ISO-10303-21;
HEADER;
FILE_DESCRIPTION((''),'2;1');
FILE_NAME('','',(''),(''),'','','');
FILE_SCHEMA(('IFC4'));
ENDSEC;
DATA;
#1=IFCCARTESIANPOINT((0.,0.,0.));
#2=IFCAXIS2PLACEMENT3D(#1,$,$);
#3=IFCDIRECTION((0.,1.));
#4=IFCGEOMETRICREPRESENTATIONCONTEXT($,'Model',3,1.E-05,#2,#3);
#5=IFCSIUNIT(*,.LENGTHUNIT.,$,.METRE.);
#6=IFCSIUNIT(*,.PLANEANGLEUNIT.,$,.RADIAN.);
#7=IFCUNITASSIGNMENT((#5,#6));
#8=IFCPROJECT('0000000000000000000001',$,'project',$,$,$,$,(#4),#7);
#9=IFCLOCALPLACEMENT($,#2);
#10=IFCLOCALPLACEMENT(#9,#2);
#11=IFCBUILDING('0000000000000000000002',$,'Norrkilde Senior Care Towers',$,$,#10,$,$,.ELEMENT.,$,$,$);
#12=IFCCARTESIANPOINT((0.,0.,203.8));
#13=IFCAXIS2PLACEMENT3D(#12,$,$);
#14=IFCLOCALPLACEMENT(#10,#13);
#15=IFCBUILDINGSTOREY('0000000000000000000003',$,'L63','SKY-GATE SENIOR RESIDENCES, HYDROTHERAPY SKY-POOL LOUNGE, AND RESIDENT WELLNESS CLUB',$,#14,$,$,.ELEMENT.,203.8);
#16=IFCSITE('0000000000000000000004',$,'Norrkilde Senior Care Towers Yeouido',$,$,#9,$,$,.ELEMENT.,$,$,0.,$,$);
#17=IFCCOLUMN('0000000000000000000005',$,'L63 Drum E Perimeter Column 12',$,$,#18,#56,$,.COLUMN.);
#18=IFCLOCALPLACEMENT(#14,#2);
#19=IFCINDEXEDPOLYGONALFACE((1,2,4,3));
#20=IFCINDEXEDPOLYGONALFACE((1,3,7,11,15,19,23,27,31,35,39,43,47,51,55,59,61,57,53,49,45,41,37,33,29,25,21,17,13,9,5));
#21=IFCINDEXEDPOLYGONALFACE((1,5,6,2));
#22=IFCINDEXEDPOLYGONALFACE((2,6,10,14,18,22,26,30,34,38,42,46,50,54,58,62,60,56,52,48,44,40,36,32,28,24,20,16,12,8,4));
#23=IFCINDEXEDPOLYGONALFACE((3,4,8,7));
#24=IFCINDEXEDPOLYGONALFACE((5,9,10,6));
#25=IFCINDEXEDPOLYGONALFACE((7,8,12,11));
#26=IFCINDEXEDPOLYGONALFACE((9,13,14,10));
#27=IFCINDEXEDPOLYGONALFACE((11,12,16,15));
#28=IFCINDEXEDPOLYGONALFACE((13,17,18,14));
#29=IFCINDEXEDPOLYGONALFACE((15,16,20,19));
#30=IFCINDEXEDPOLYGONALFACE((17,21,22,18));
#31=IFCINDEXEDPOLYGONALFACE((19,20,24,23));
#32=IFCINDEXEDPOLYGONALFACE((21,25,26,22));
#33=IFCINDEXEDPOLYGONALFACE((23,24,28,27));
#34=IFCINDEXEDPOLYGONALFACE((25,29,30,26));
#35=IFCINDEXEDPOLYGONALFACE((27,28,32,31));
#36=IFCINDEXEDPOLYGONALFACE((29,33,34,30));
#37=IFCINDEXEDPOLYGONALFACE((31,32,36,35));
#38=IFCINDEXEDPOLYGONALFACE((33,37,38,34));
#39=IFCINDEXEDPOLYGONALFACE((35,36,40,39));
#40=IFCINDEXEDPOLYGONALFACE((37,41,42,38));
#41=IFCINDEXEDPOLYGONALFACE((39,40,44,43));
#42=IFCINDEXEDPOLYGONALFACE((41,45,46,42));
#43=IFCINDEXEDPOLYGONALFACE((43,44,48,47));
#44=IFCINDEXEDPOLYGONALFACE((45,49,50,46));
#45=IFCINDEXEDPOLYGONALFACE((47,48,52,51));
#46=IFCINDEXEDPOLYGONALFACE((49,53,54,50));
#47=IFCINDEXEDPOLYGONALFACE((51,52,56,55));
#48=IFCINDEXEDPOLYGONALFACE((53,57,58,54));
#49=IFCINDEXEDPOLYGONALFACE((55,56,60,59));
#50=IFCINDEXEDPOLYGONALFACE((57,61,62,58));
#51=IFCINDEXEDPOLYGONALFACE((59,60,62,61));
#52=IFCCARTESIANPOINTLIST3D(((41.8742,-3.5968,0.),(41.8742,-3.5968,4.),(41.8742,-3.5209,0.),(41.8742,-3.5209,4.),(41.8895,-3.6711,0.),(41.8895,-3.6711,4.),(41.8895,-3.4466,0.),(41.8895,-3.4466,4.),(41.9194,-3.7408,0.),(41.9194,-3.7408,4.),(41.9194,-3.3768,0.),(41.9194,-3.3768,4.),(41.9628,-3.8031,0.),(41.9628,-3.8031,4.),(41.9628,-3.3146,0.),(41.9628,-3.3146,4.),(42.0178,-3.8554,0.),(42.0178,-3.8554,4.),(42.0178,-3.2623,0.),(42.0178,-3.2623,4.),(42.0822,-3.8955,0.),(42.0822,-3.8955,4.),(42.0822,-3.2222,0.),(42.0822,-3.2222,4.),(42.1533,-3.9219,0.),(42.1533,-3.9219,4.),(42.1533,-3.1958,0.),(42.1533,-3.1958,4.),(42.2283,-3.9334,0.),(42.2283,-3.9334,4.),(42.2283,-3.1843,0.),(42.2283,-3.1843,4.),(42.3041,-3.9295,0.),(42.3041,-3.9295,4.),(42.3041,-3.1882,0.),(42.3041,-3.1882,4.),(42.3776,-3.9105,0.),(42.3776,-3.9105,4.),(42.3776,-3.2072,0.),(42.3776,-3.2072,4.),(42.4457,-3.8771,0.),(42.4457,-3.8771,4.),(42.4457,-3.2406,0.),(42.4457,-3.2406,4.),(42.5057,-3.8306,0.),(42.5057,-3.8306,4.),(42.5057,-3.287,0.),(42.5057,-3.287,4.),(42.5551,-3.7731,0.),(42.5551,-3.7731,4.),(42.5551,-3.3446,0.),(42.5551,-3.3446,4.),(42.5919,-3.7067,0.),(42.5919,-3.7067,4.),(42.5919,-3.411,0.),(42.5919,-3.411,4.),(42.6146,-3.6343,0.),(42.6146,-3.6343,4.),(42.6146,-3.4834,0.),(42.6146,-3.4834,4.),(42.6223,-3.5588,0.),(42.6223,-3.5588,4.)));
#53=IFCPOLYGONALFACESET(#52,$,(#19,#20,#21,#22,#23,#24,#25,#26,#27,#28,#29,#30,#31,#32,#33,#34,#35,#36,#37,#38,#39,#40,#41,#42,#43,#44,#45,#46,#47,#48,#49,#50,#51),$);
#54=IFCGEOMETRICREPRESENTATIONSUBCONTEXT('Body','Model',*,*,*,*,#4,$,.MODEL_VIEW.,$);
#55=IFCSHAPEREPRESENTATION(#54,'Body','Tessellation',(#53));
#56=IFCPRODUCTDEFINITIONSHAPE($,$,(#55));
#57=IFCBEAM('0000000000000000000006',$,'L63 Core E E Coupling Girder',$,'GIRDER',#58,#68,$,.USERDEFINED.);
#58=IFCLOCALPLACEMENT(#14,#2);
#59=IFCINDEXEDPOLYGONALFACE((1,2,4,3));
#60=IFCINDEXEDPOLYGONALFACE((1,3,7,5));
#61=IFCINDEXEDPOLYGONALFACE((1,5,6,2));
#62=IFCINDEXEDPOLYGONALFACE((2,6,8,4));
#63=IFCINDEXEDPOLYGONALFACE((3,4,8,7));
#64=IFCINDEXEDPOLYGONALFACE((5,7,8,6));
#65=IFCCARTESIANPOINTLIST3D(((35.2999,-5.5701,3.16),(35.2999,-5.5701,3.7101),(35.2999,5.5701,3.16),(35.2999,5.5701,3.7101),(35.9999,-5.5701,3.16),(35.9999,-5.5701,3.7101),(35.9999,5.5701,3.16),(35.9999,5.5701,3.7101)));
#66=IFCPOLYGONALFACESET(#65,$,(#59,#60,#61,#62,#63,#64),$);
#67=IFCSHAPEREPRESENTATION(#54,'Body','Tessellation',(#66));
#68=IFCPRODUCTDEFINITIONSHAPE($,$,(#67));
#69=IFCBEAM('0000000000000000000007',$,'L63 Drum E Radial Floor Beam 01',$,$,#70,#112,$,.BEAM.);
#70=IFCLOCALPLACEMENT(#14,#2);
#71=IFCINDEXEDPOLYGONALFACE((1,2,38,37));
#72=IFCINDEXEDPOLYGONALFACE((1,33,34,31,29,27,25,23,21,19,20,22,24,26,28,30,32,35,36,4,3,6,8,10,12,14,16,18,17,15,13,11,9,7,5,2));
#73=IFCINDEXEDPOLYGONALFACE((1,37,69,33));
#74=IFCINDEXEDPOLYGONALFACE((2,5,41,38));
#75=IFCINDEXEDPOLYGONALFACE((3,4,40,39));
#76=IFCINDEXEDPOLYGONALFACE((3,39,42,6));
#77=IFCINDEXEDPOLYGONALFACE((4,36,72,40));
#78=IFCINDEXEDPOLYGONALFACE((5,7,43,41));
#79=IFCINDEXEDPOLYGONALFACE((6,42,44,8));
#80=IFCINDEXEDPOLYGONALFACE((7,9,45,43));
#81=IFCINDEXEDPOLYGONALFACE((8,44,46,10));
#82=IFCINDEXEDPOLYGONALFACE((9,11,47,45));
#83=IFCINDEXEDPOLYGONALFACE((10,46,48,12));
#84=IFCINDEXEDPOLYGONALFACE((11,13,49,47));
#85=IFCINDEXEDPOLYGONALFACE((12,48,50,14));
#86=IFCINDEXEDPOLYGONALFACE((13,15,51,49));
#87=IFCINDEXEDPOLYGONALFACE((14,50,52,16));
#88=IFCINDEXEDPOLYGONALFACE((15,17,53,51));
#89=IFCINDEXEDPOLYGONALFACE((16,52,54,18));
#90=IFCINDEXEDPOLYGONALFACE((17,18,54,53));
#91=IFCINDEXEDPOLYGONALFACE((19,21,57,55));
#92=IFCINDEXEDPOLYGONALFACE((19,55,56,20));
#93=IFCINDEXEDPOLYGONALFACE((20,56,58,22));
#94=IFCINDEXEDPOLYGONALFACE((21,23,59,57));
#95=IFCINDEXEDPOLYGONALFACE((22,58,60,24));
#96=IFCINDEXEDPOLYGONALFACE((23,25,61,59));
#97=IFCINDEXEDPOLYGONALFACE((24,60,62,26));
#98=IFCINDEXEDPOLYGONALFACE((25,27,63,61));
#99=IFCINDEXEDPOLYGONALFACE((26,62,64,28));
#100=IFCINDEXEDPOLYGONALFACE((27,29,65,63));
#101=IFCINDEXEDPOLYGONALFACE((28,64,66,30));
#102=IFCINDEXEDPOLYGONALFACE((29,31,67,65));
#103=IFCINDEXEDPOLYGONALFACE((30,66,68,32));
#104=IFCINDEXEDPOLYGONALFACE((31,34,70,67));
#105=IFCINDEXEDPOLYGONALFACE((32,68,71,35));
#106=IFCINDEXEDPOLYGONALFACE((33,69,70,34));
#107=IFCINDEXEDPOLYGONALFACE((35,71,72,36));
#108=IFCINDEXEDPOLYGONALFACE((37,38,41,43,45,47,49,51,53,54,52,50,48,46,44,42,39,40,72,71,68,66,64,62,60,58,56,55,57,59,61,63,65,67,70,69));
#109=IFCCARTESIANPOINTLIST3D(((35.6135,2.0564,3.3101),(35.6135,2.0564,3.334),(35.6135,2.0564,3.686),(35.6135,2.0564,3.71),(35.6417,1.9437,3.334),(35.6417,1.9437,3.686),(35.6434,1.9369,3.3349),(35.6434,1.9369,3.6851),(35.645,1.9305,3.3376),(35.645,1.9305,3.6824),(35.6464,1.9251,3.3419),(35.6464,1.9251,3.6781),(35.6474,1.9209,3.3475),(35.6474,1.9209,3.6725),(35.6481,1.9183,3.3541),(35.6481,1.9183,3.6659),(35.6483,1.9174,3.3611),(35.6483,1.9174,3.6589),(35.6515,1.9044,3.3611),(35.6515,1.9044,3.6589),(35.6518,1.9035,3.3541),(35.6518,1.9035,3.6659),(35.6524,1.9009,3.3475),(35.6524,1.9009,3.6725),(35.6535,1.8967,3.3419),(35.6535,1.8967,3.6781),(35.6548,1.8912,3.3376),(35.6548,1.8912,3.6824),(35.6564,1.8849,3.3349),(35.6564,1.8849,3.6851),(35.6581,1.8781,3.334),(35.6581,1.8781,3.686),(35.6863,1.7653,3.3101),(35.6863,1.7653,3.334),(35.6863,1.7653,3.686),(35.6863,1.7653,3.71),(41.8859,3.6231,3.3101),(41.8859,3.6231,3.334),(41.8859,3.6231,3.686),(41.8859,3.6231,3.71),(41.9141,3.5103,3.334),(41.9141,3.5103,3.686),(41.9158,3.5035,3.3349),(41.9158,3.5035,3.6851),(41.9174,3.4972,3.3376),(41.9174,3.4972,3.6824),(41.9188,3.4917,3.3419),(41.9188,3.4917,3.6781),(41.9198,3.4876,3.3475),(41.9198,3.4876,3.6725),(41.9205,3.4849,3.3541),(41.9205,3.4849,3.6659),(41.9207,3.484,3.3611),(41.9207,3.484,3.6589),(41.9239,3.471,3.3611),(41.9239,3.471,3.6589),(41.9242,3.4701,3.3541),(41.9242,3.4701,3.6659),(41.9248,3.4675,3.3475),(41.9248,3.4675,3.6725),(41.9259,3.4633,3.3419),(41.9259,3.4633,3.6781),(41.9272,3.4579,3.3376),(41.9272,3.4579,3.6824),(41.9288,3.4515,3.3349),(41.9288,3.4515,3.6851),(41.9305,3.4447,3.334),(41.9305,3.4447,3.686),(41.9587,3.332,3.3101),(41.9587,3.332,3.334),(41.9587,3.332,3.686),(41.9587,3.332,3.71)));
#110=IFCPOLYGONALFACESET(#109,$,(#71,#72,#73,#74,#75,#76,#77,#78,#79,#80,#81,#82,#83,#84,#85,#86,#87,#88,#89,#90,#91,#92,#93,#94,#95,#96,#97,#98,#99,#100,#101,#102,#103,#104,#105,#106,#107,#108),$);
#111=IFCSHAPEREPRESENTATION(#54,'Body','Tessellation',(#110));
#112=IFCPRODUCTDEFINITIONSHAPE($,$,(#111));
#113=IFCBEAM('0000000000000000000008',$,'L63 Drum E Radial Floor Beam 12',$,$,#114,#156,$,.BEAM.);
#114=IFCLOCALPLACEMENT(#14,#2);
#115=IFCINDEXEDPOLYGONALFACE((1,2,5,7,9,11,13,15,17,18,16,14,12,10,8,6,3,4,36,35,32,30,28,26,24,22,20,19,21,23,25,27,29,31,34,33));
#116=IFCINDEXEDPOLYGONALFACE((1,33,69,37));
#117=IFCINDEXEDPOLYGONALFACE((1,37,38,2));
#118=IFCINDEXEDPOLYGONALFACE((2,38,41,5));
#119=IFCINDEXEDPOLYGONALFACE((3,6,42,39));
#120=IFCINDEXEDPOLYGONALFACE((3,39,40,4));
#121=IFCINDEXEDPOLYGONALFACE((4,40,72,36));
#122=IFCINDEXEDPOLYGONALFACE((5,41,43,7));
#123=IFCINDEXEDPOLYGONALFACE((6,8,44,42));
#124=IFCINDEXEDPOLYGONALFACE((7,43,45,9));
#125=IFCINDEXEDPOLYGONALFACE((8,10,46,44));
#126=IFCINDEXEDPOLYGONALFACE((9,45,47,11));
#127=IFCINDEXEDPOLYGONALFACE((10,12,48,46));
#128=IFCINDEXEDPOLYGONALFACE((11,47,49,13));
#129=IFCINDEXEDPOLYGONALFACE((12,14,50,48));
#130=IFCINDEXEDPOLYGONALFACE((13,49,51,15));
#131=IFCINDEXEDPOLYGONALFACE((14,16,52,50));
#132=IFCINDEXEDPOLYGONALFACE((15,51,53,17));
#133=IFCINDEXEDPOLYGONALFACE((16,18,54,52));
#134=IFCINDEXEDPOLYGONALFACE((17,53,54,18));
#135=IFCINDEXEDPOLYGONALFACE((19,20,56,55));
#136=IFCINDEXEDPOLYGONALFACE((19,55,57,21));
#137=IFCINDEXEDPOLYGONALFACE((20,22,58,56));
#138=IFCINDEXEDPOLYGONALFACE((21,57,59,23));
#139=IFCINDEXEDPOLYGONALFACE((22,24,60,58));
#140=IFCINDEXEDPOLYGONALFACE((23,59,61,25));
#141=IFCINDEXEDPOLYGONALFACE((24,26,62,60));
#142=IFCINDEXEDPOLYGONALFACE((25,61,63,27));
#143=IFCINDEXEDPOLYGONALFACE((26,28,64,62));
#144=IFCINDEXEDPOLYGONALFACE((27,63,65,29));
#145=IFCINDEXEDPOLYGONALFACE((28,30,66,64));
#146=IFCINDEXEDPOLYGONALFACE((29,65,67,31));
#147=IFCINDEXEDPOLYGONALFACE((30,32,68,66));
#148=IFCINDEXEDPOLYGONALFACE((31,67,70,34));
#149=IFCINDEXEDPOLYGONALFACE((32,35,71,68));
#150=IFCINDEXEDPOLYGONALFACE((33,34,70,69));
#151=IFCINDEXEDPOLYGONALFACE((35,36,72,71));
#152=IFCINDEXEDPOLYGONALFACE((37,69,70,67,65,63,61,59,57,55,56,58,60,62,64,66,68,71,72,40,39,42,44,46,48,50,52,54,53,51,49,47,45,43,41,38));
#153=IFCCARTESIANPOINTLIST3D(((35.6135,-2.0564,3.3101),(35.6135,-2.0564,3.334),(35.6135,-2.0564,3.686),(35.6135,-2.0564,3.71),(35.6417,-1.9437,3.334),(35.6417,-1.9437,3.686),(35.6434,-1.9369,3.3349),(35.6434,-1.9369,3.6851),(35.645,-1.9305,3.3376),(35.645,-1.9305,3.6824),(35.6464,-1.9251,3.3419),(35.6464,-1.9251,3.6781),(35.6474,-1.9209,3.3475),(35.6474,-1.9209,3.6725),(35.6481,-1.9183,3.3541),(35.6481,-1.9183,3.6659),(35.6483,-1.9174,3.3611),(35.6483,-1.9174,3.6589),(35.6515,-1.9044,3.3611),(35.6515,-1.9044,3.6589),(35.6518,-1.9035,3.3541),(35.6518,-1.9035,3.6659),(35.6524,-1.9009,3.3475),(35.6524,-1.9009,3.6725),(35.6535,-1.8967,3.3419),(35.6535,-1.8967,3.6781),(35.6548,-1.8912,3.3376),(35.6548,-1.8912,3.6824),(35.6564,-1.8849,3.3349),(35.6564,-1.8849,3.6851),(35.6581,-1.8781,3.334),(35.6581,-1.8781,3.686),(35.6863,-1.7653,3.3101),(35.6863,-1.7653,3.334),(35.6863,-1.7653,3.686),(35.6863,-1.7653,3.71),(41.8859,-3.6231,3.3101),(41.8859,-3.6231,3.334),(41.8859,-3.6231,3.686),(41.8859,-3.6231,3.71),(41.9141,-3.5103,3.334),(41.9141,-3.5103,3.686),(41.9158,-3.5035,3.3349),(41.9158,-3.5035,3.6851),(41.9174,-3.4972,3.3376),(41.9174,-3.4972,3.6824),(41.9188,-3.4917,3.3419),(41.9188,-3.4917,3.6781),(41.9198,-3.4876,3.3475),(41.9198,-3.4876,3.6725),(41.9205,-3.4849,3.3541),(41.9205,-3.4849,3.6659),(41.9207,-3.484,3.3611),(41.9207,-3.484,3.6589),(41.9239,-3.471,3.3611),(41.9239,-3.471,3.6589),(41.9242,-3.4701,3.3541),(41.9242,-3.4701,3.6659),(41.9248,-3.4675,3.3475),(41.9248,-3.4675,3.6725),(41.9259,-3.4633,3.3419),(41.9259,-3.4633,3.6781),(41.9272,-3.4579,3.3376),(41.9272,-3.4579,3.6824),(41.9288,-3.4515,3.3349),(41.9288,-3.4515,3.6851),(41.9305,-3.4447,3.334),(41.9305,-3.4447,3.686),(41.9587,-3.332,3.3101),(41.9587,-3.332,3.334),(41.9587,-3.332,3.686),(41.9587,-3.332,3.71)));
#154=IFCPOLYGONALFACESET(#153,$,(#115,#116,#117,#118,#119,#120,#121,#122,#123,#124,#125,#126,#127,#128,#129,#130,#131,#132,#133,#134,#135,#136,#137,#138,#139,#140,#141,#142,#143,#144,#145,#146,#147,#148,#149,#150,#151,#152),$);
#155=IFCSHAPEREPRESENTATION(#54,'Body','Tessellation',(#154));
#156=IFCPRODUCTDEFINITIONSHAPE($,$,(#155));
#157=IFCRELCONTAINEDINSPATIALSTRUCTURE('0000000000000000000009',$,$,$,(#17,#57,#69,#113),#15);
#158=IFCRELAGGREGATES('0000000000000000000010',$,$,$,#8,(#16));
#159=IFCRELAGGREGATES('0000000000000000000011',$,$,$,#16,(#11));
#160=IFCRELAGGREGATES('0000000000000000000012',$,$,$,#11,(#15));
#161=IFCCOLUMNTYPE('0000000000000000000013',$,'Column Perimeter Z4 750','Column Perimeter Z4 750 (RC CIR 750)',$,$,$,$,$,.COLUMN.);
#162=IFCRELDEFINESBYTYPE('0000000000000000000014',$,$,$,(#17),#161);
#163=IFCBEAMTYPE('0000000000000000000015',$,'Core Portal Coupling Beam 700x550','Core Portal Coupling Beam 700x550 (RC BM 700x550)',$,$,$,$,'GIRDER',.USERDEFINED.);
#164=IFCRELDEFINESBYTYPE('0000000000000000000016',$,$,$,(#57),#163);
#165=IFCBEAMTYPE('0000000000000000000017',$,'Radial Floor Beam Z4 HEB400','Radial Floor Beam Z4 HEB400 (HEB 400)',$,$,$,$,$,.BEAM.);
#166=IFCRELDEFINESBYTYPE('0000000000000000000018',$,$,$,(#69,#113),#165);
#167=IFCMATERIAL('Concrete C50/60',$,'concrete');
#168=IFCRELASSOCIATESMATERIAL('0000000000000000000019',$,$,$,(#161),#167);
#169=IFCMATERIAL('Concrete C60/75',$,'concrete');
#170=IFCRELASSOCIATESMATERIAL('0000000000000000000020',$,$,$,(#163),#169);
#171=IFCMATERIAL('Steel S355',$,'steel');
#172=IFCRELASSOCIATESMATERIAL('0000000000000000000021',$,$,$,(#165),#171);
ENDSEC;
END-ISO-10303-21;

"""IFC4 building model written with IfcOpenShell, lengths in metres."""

from ifc_helpers import new_model, si_unit, direction, frame, origin, origin_2d, place, context, subcontext, project, spatial, rectangle, circle, i_section, extrude, source, transform, mapped, material, material_profile, profile_set, type_object, type_shapes, element, save


model = new_model("IFC4")

# Units and contexts
model_context = context("Model", 3, precision=1e-05, world=origin(), true_north=direction((0.0, 1.0)))
body_context = subcontext(model_context, "Body", "Model", "MODEL_VIEW")
ifc_project = project(units=[si_unit("LENGTHUNIT", "METRE"), si_unit("PLANEANGLEUNIT", "RADIAN")], contexts=[model_context])

# Site, building, storey
site_placement = place(None, origin())
site = spatial("IfcSite", under=ifc_project, at=site_placement, Name="Norrkilde Senior Care Towers Yeouido", CompositionType="ELEMENT", RefElevation=0.0)
building_placement = place(site_placement, origin())
building = spatial("IfcBuilding", under=site, at=building_placement, Name="Norrkilde Senior Care Towers", CompositionType="ELEMENT")
storey_placement = place(building_placement, frame((0.0, 0.0, 203.8)))
storey = spatial("IfcBuildingStorey", under=building, at=storey_placement, Name="L63", Description="SKY-GATE SENIOR RESIDENCES, HYDROTHERAPY SKY-POOL LOUNGE, AND RESIDENT WELLNESS CLUB", CompositionType="ELEMENT", Elevation=203.8)

# Column
ifc_material_1 = material(Name="Concrete C50/60", Category="concrete")
ifc_material_profile_1 = material_profile(ifc_material_1, circle(Radius=0.375, at=origin_2d()), Name="RC CIR 750")
ifc_profile_set_1 = profile_set([ifc_material_profile_1], Name="Concrete C50/60")
column_type = type_object("IfcColumnType", Name="Column Perimeter Z4 750", Description="Column Perimeter Z4 750 (RC CIR 750)", PredefinedType="COLUMN", material=ifc_profile_set_1)
shared_shape_1 = source(origin(), body_context, "Body", "SweptSolid", [
    extrude(circle(Radius=0.375, at=origin_2d()), origin(), (0.0, 0.0, 1.0), 4.0),
])
type_shapes(column_type, [shared_shape_1])
column_placement = place(storey_placement, frame((42.2473, -3.5588, 0.0), z_axis=(0.0, 0.0, 1.0), x_axis=(1.0, 0.0, 0.0)))
element("IfcColumn", 1, at=column_placement, inside=storey, type_object=column_type, Name="L63 Drum E Perimeter Column 12", PredefinedType="COLUMN", context=body_context, shape_type="MappedRepresentation", body=[
    mapped(shared_shape_1, transform((0.0, 0.0, 0.0), x_axis=(1.0, 0.0, 0.0), y_axis=(0.0, 1.0, 0.0), z_axis=(0.0, 0.0, 1.0), scale=1.0)),
])

# Beams
ifc_material_2 = material(Name="Concrete C60/75", Category="concrete")
ifc_material_profile_2 = material_profile(ifc_material_2, rectangle(XDim=0.7, YDim=0.55, at=origin_2d()), Name="RC BM 700x550")
ifc_profile_set_2 = profile_set([ifc_material_profile_2], Name="Concrete C60/75")
beam_type_1 = type_object("IfcBeamType", Name="Core Portal Coupling Beam 700x550", Description="Core Portal Coupling Beam 700x550 (RC BM 700x550)", ElementType="GIRDER", PredefinedType="USERDEFINED", material=ifc_profile_set_2)
shared_shape_2 = source(origin(), body_context, "Body", "SweptSolid", [
    extrude(rectangle(XDim=0.7, YDim=0.55, at=origin_2d()), origin(), (0.0, 0.0, 1.0), 11.1401),
])
type_shapes(beam_type_1, [shared_shape_2])
beam_1_placement = place(storey_placement, frame((35.6499, -5.5701, 3.4351), z_axis=(0.0, 1.0, 0.0), x_axis=(-1.0, 0.0, 0.0)))
element("IfcBeam", 2, at=beam_1_placement, inside=storey, type_object=beam_type_1, Name="L63 Core E E Coupling Girder", ObjectType="GIRDER", PredefinedType="USERDEFINED", context=body_context, shape_type="MappedRepresentation", body=[
    mapped(shared_shape_2, transform((0.0, 0.0, 0.0), x_axis=(1.0, 0.0, 0.0), y_axis=(0.0, 1.0, 0.0), z_axis=(0.0, 0.0, 1.0), scale=1.0)),
])
ifc_material_3 = material(Name="Steel S355", Category="steel")
ifc_material_profile_3 = material_profile(ifc_material_3, i_section(OverallWidth=0.3, OverallDepth=0.3999, WebThickness=0.0134, FlangeThickness=0.0239, FilletRadius=0.0271, at=origin_2d()), Name="HEB 400")
ifc_profile_set_3 = profile_set([ifc_material_profile_3], Name="Steel S355")
beam_type_2 = type_object("IfcBeamType", Name="Radial Floor Beam Z4 HEB400", Description="Radial Floor Beam Z4 HEB400 (HEB 400)", PredefinedType="BEAM", material=ifc_profile_set_3)
shared_shape_3 = source(origin(), body_context, "Body", "SweptSolid", [
    extrude(i_section(OverallWidth=0.3, OverallDepth=0.3999, WebThickness=0.0134, FlangeThickness=0.0239, FilletRadius=0.0271, at=origin_2d()), origin(), (0.0, 0.0, 1.0), 6.4651),
])
type_shapes(beam_type_2, [shared_shape_3])
for number, where, z_axis, x_axis, name in (
    (3, (35.6499, 1.9109, 3.51), (0.970196, 0.242322, 0.0), (-0.242322, 0.970196, 0.0), "L63 Drum E Radial Floor Beam 01"),
    (4, (35.6499, -1.9109, 3.51), (0.970196, -0.242322, 0.0), (0.242322, 0.970196, 0.0), "L63 Drum E Radial Floor Beam 12"),
):
    element("IfcBeam", number, at=place(storey_placement, frame(where, z_axis=z_axis, x_axis=x_axis)), inside=storey, type_object=beam_type_2, Name=name, PredefinedType="BEAM", context=body_context, shape_type="MappedRepresentation", body=[
        mapped(shared_shape_3, transform((0.0, 0.0, 0.0), x_axis=(1.0, 0.0, 0.0), y_axis=(0.0, 1.0, 0.0), z_axis=(0.0, 0.0, 1.0), scale=1.0)),
    ])

save(model, "model.ifc")
